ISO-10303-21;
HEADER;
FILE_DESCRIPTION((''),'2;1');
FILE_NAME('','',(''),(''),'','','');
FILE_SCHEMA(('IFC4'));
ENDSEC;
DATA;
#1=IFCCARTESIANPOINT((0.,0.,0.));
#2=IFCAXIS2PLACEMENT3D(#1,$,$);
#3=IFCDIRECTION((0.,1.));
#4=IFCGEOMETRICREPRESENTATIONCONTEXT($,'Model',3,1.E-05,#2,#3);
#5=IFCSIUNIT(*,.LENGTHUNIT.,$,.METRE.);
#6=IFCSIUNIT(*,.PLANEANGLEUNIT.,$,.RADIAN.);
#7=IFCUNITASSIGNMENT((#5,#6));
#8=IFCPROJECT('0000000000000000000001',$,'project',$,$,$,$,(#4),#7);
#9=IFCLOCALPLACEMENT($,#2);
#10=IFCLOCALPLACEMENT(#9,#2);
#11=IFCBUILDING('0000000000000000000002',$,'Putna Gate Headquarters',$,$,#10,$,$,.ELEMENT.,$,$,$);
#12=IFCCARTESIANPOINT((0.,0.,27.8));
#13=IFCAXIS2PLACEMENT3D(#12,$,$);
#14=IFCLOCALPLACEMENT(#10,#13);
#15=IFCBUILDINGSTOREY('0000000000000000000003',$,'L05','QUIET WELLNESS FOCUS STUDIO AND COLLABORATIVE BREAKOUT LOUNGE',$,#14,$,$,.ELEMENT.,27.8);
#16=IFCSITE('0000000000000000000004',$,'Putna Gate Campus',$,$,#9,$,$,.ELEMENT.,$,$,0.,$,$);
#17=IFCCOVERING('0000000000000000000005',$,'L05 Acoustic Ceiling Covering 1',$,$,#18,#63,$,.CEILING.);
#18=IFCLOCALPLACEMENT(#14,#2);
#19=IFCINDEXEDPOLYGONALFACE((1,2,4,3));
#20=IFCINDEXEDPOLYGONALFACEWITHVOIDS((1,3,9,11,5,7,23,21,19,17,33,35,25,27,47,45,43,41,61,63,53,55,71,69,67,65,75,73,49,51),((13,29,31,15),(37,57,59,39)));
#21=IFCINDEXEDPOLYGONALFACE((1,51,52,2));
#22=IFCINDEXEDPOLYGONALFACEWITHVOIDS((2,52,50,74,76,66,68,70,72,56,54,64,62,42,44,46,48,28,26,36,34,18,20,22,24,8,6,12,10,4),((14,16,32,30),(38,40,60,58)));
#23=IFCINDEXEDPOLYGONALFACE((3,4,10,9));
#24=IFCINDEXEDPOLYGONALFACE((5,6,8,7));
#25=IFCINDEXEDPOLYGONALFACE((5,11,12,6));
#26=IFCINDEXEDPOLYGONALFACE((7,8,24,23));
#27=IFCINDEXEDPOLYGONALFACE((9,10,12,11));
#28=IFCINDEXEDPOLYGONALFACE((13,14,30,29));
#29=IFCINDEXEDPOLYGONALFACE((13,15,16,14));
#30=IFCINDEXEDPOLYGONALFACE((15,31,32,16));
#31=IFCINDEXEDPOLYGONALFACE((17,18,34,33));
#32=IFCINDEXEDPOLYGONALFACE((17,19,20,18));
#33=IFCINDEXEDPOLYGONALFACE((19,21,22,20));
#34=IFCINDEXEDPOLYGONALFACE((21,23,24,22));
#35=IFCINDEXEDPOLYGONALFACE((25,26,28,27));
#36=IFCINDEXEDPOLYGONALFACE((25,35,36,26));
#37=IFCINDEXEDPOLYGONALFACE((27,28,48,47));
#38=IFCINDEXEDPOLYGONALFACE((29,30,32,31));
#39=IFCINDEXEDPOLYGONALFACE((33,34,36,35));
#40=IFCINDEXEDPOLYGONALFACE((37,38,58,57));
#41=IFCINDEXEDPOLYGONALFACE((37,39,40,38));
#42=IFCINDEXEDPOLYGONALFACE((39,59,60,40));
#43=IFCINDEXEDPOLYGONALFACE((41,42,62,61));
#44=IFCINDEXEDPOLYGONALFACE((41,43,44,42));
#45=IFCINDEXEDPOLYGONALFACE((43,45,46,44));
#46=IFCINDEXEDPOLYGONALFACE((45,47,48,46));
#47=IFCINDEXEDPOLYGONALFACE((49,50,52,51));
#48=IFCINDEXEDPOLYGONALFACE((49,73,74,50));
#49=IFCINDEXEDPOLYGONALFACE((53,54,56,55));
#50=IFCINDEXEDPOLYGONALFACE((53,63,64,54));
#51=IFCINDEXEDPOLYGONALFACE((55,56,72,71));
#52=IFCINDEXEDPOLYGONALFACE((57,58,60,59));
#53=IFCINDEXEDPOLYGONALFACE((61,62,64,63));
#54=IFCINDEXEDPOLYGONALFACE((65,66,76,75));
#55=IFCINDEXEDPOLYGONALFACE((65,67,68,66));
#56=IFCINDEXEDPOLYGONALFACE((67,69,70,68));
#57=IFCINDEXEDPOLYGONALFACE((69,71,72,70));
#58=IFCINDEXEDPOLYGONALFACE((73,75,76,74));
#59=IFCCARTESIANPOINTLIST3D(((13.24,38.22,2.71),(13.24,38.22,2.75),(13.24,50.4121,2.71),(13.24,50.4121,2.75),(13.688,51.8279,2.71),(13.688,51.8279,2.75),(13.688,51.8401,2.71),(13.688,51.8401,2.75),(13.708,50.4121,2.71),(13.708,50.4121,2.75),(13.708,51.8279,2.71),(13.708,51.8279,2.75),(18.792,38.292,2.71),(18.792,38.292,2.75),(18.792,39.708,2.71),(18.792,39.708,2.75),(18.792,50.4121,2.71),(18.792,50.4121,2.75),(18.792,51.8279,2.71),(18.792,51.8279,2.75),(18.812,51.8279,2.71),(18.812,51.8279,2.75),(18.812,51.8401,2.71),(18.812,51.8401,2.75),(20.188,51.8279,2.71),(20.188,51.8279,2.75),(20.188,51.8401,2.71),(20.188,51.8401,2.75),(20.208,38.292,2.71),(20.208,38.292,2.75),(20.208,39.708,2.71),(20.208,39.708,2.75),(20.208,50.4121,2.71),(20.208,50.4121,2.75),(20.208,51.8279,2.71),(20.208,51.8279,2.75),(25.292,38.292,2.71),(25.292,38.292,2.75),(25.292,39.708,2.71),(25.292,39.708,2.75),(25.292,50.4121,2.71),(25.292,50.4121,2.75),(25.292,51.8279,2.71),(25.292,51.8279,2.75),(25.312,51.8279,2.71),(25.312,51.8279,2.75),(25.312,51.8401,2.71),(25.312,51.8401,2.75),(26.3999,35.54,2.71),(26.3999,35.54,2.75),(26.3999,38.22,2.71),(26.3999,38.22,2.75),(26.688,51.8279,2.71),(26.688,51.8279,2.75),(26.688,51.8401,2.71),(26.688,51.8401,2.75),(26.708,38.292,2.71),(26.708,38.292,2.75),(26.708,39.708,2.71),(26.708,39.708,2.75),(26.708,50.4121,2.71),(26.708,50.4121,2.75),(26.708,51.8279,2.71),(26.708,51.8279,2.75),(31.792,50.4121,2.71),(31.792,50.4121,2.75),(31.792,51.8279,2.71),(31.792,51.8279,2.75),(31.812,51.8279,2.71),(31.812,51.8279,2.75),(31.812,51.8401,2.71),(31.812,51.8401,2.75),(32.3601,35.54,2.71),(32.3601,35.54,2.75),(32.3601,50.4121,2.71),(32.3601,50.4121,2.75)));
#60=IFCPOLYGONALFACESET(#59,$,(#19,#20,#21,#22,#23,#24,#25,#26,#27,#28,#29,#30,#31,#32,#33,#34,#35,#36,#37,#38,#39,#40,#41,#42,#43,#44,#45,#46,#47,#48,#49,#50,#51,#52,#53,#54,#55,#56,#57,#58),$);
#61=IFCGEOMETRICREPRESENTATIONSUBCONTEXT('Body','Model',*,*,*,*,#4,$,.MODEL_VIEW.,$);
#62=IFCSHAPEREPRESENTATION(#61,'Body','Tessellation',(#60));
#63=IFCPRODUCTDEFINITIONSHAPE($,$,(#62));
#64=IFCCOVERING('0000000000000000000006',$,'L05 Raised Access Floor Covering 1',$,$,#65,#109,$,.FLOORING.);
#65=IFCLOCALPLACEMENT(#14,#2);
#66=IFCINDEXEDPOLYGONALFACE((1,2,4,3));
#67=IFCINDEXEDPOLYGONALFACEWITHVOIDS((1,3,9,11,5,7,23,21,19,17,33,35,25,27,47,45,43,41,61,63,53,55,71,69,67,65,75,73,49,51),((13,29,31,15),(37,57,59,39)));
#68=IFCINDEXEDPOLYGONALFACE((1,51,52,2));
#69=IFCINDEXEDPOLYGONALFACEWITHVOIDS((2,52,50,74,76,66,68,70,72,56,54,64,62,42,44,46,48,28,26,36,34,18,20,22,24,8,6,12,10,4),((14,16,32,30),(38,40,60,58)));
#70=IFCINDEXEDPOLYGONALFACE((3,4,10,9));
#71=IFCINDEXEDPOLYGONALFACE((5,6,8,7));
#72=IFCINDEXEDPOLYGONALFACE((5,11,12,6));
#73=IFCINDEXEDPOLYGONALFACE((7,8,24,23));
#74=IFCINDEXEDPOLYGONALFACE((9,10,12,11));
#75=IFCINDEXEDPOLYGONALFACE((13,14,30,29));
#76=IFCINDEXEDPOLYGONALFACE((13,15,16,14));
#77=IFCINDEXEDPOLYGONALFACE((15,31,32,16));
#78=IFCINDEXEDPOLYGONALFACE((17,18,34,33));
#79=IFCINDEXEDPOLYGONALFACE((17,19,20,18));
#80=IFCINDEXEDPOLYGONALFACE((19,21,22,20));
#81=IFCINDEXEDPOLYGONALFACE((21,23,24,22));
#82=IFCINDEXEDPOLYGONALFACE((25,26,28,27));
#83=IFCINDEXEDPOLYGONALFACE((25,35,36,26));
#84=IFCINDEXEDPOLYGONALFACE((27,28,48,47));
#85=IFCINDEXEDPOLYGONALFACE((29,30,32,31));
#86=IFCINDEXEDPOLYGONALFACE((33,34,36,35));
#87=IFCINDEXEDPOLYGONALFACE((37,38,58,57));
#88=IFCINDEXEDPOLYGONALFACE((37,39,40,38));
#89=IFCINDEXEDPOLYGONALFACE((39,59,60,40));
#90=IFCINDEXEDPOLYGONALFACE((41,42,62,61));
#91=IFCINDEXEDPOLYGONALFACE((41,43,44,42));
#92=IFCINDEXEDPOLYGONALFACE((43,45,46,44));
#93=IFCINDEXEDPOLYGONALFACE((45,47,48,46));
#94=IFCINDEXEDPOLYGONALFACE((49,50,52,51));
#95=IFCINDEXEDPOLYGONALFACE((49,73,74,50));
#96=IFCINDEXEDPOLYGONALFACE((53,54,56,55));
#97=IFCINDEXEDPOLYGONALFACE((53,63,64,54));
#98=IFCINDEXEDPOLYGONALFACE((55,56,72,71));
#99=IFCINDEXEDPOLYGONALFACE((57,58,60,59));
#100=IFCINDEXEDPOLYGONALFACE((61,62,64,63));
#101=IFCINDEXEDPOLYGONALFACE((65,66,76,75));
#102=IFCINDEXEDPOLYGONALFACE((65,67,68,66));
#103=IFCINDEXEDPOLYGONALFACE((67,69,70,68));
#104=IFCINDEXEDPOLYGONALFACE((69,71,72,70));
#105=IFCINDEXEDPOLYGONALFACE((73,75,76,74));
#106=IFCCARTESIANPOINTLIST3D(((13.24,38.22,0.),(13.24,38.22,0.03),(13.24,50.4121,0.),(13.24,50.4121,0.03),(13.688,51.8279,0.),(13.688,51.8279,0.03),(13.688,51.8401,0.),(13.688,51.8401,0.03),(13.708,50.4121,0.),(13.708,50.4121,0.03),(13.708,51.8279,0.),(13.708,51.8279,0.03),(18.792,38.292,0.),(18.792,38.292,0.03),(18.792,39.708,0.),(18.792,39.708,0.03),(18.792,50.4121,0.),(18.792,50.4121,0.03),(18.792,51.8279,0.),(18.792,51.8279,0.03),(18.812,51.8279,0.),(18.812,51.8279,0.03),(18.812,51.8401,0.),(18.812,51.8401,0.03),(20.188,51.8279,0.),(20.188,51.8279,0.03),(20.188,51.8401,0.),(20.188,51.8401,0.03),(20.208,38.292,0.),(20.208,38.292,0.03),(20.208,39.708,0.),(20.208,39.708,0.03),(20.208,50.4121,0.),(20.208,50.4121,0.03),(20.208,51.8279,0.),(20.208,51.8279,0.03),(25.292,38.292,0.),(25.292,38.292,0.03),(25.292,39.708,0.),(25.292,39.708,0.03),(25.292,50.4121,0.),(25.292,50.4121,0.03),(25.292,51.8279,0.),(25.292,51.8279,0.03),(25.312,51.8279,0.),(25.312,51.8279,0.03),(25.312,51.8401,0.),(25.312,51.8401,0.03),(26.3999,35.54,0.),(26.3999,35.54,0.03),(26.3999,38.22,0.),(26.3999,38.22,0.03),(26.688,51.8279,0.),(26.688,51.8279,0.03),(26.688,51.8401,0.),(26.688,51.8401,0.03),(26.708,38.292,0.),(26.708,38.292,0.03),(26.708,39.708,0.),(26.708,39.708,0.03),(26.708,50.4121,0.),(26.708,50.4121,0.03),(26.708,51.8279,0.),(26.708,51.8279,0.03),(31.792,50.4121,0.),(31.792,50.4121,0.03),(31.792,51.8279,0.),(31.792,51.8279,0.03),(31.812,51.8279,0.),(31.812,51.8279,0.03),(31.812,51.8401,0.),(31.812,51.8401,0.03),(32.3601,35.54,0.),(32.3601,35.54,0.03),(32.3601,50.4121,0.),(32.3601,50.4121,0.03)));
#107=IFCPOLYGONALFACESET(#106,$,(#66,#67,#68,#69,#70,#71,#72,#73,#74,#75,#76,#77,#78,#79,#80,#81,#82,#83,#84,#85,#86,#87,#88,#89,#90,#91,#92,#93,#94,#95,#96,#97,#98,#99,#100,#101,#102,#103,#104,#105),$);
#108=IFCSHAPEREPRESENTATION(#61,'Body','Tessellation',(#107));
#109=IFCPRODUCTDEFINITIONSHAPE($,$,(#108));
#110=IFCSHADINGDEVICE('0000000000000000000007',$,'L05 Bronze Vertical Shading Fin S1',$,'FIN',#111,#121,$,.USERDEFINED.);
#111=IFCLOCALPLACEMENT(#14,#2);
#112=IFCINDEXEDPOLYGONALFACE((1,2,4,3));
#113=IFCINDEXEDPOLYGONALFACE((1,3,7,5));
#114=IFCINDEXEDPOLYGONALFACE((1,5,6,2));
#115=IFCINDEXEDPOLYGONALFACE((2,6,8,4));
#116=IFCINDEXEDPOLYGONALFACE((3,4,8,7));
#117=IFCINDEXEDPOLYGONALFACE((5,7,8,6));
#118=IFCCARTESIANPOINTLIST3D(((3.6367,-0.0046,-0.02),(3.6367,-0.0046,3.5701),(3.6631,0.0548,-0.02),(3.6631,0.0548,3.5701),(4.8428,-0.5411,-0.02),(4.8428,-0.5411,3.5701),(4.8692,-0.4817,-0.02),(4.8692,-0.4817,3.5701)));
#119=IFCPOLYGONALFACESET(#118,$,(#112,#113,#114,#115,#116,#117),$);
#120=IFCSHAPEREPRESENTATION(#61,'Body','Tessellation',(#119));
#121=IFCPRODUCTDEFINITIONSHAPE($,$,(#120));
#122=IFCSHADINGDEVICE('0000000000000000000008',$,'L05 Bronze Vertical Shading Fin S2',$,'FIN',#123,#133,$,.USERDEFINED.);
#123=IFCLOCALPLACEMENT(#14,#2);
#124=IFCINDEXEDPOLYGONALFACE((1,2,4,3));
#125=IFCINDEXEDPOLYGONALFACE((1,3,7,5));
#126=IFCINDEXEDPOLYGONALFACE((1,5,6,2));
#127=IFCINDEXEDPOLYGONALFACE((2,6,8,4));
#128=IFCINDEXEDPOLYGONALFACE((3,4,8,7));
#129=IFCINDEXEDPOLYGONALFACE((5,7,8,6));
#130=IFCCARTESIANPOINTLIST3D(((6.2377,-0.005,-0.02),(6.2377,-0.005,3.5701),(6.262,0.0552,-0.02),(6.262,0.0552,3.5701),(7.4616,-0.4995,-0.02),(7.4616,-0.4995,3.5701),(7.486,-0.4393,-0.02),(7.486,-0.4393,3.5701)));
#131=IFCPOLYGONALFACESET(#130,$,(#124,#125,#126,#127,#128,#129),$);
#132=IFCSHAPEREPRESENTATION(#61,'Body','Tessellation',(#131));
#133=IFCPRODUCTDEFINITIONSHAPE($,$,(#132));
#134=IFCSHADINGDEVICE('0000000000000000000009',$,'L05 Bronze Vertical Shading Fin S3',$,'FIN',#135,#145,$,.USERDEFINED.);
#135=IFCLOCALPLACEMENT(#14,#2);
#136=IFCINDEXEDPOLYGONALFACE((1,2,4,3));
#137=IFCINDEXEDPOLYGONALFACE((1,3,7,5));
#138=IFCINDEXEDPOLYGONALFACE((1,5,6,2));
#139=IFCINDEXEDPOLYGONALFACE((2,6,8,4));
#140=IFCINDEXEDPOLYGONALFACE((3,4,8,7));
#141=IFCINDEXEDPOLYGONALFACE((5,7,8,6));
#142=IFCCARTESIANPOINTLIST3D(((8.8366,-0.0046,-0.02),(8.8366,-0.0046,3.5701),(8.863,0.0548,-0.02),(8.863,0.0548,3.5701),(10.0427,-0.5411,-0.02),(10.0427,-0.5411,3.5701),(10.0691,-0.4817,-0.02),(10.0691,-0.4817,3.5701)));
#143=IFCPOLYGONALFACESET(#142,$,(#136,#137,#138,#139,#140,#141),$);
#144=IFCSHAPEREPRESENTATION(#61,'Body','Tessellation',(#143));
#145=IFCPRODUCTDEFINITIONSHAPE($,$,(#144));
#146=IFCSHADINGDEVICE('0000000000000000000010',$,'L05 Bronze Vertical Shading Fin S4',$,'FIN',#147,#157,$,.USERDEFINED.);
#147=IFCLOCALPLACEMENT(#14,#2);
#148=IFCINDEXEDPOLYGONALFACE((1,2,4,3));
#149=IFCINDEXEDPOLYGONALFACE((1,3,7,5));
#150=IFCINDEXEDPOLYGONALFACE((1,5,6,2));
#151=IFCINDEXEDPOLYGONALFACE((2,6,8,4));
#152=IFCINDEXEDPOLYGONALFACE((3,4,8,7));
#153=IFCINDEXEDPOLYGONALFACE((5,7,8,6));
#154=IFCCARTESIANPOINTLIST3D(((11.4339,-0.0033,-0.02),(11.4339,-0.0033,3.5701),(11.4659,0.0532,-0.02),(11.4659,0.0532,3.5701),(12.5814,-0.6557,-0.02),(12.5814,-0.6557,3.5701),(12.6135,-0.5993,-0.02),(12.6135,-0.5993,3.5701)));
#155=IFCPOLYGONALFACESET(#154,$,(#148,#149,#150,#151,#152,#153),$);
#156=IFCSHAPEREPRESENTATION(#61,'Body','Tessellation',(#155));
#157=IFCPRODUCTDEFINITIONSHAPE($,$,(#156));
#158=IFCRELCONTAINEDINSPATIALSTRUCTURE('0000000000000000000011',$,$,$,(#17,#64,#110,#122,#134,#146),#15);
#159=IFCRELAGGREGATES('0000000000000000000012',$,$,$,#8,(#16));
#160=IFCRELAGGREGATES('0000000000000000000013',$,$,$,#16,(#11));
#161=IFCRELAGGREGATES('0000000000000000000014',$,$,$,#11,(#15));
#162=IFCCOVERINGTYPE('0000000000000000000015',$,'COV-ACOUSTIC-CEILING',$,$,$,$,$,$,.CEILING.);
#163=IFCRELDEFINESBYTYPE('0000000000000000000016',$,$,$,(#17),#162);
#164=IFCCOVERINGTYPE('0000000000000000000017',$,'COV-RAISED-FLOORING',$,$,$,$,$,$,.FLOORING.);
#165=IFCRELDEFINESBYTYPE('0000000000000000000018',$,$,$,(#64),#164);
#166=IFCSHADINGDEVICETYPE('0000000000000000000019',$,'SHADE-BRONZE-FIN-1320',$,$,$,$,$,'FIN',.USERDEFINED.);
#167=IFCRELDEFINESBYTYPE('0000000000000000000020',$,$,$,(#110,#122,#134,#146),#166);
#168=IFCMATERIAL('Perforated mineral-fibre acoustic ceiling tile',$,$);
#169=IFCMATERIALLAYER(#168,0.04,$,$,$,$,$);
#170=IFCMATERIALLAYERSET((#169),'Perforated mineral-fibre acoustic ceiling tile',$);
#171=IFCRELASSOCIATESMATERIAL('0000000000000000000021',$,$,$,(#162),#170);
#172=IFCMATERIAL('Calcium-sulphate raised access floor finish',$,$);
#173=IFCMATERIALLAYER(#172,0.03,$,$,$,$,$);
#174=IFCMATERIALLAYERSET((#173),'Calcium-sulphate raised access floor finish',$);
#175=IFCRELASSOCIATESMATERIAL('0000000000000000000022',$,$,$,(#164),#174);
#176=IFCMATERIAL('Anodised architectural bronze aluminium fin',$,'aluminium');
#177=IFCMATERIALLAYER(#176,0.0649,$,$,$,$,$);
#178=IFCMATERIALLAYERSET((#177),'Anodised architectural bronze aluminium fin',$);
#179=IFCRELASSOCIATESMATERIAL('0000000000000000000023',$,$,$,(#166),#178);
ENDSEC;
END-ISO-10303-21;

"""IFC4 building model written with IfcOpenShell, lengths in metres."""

from ifc_helpers import new_model, si_unit, direction, frame, origin, origin_2d, place, context, subcontext, project, spatial, polyline, rectangle, outline, extrude, material, layer, layer_set, type_object, element, save


model = new_model("IFC4")

# Units and contexts
model_context = context("Model", 3, precision=1e-05, world=origin(), true_north=direction((0.0, 1.0)))
body_context = subcontext(model_context, "Body", "Model", "MODEL_VIEW")
ifc_project = project(units=[si_unit("LENGTHUNIT", "METRE"), si_unit("PLANEANGLEUNIT", "RADIAN")], contexts=[model_context])

# Site, building, storey
site_placement = place(None, origin())
site = spatial("IfcSite", under=ifc_project, at=site_placement, Name="Putna Gate Campus", CompositionType="ELEMENT", RefElevation=0.0)
building_placement = place(site_placement, origin())
building = spatial("IfcBuilding", under=site, at=building_placement, Name="Putna Gate Headquarters", CompositionType="ELEMENT")
storey_placement = place(building_placement, frame((0.0, 0.0, 27.8)))
storey = spatial("IfcBuildingStorey", under=building, at=storey_placement, Name="L05", Description="QUIET WELLNESS FOCUS STUDIO AND COLLABORATIVE BREAKOUT LOUNGE", CompositionType="ELEMENT", Elevation=27.8)

# Coverings
ifc_material_1 = material(Name="Perforated mineral-fibre acoustic ceiling tile")
ifc_layer_1 = layer(ifc_material_1, 0.04)
ifc_layer_set_1 = layer_set([ifc_layer_1], Name="Perforated mineral-fibre acoustic ceiling tile")
covering_type_1 = type_object("IfcCoveringType", Name="COV-ACOUSTIC-CEILING", PredefinedType="CEILING", material=ifc_layer_set_1)
covering_1_placement = place(storey_placement, frame((0.0, 0.0, 2.71)))
element("IfcCovering", 1, at=covering_1_placement, inside=storey, type_object=covering_type_1, Name="L05 Acoustic Ceiling Covering 1", PredefinedType="CEILING", context=body_context, shape_type="SweptSolid", body=[
    extrude(outline(polyline([(13.708, 50.4121), (13.24, 50.4121), (13.24, 38.22), (26.3999, 38.22), (26.3999, 35.54), (32.3601, 35.54), (32.3601, 50.4121), (31.792, 50.4121), (31.792, 51.8279), (31.812, 51.8279), (31.812, 51.8401), (26.688, 51.8401), (26.688, 51.8279), (26.708, 51.8279), (26.708, 50.4121), (25.292, 50.4121), (25.292, 51.8279), (25.312, 51.8279), (25.312, 51.8401), (20.188, 51.8401), (20.188, 51.8279), (20.208, 51.8279), (20.208, 50.4121), (18.792, 50.4121), (18.792, 51.8279), (18.812, 51.8279), (18.812, 51.8401), (13.688, 51.8401), (13.688, 51.8279), (13.708, 51.8279), (13.708, 50.4121)]), holes=[polyline([(20.208, 38.292), (20.208, 39.708), (18.792, 39.708), (18.792, 38.292), (20.208, 38.292)]), polyline([(26.708, 38.292), (26.708, 39.708), (25.292, 39.708), (25.292, 38.292), (26.708, 38.292)])]), origin(), (0.0, 0.0, 1.0), 0.04),
])
ifc_material_2 = material(Name="Calcium-sulphate raised access floor finish")
ifc_layer_2 = layer(ifc_material_2, 0.03)
ifc_layer_set_2 = layer_set([ifc_layer_2], Name="Calcium-sulphate raised access floor finish")
covering_type_2 = type_object("IfcCoveringType", Name="COV-RAISED-FLOORING", PredefinedType="FLOORING", material=ifc_layer_set_2)
covering_2_placement = place(storey_placement, origin())
element("IfcCovering", 2, at=covering_2_placement, inside=storey, type_object=covering_type_2, Name="L05 Raised Access Floor Covering 1", PredefinedType="FLOORING", context=body_context, shape_type="SweptSolid", body=[
    extrude(outline(polyline([(13.708, 50.4121), (13.24, 50.4121), (13.24, 38.22), (26.3999, 38.22), (26.3999, 35.54), (32.3601, 35.54), (32.3601, 50.4121), (31.792, 50.4121), (31.792, 51.8279), (31.812, 51.8279), (31.812, 51.8401), (26.688, 51.8401), (26.688, 51.8279), (26.708, 51.8279), (26.708, 50.4121), (25.292, 50.4121), (25.292, 51.8279), (25.312, 51.8279), (25.312, 51.8401), (20.188, 51.8401), (20.188, 51.8279), (20.208, 51.8279), (20.208, 50.4121), (18.792, 50.4121), (18.792, 51.8279), (18.812, 51.8279), (18.812, 51.8401), (13.688, 51.8401), (13.688, 51.8279), (13.708, 51.8279), (13.708, 50.4121)]), holes=[polyline([(20.208, 38.292), (20.208, 39.708), (18.792, 39.708), (18.792, 38.292), (20.208, 38.292)]), polyline([(26.708, 38.292), (26.708, 39.708), (25.292, 39.708), (25.292, 38.292), (26.708, 38.292)])]), origin(), (0.0, 0.0, 1.0), 0.03),
])

# Shading devices
ifc_material_3 = material(Name="Anodised architectural bronze aluminium fin", Category="aluminium")
ifc_layer_3 = layer(ifc_material_3, 0.0649)
ifc_layer_set_3 = layer_set([ifc_layer_3], Name="Anodised architectural bronze aluminium fin")
shading_device_type = type_object("IfcShadingDeviceType", Name="SHADE-BRONZE-FIN-1320", ElementType="FIN", PredefinedType="USERDEFINED", material=ifc_layer_set_3)
for number, where, z_axis, x_axis, name in (
    (3, (4.2529, -0.2432, -0.02), (0.0, 0.0, 1.0), (0.913687, -0.406418, 0.0), "L05 Bronze Vertical Shading Fin S1"),
    (4, (6.8618, -0.2222, -0.02), (0.0, 0.0, 1.0), (0.927184, -0.374607, 0.0), "L05 Bronze Vertical Shading Fin S2"),
    (5, (9.4529, -0.2432, -0.02), (0.0, 0.0, 1.0), (0.913687, -0.406418, 0.0), "L05 Bronze Vertical Shading Fin S3"),
    (6, (12.0237, -0.3013, -0.02), (0.0, 0.0, 1.0), (0.869322, -0.494245, 0.0), "L05 Bronze Vertical Shading Fin S4"),
):
    element("IfcShadingDevice", number, at=place(storey_placement, frame(where, z_axis=z_axis, x_axis=x_axis)), inside=storey, type_object=shading_device_type, Name=name, ObjectType="FIN", PredefinedType="USERDEFINED", context=body_context, shape_type="SweptSolid", body=[
        extrude(rectangle(XDim=1.3201, YDim=0.0649, at=origin_2d()), origin(), (0.0, 0.0, 1.0), 3.5901),
    ])

save(model, "model.ifc")
